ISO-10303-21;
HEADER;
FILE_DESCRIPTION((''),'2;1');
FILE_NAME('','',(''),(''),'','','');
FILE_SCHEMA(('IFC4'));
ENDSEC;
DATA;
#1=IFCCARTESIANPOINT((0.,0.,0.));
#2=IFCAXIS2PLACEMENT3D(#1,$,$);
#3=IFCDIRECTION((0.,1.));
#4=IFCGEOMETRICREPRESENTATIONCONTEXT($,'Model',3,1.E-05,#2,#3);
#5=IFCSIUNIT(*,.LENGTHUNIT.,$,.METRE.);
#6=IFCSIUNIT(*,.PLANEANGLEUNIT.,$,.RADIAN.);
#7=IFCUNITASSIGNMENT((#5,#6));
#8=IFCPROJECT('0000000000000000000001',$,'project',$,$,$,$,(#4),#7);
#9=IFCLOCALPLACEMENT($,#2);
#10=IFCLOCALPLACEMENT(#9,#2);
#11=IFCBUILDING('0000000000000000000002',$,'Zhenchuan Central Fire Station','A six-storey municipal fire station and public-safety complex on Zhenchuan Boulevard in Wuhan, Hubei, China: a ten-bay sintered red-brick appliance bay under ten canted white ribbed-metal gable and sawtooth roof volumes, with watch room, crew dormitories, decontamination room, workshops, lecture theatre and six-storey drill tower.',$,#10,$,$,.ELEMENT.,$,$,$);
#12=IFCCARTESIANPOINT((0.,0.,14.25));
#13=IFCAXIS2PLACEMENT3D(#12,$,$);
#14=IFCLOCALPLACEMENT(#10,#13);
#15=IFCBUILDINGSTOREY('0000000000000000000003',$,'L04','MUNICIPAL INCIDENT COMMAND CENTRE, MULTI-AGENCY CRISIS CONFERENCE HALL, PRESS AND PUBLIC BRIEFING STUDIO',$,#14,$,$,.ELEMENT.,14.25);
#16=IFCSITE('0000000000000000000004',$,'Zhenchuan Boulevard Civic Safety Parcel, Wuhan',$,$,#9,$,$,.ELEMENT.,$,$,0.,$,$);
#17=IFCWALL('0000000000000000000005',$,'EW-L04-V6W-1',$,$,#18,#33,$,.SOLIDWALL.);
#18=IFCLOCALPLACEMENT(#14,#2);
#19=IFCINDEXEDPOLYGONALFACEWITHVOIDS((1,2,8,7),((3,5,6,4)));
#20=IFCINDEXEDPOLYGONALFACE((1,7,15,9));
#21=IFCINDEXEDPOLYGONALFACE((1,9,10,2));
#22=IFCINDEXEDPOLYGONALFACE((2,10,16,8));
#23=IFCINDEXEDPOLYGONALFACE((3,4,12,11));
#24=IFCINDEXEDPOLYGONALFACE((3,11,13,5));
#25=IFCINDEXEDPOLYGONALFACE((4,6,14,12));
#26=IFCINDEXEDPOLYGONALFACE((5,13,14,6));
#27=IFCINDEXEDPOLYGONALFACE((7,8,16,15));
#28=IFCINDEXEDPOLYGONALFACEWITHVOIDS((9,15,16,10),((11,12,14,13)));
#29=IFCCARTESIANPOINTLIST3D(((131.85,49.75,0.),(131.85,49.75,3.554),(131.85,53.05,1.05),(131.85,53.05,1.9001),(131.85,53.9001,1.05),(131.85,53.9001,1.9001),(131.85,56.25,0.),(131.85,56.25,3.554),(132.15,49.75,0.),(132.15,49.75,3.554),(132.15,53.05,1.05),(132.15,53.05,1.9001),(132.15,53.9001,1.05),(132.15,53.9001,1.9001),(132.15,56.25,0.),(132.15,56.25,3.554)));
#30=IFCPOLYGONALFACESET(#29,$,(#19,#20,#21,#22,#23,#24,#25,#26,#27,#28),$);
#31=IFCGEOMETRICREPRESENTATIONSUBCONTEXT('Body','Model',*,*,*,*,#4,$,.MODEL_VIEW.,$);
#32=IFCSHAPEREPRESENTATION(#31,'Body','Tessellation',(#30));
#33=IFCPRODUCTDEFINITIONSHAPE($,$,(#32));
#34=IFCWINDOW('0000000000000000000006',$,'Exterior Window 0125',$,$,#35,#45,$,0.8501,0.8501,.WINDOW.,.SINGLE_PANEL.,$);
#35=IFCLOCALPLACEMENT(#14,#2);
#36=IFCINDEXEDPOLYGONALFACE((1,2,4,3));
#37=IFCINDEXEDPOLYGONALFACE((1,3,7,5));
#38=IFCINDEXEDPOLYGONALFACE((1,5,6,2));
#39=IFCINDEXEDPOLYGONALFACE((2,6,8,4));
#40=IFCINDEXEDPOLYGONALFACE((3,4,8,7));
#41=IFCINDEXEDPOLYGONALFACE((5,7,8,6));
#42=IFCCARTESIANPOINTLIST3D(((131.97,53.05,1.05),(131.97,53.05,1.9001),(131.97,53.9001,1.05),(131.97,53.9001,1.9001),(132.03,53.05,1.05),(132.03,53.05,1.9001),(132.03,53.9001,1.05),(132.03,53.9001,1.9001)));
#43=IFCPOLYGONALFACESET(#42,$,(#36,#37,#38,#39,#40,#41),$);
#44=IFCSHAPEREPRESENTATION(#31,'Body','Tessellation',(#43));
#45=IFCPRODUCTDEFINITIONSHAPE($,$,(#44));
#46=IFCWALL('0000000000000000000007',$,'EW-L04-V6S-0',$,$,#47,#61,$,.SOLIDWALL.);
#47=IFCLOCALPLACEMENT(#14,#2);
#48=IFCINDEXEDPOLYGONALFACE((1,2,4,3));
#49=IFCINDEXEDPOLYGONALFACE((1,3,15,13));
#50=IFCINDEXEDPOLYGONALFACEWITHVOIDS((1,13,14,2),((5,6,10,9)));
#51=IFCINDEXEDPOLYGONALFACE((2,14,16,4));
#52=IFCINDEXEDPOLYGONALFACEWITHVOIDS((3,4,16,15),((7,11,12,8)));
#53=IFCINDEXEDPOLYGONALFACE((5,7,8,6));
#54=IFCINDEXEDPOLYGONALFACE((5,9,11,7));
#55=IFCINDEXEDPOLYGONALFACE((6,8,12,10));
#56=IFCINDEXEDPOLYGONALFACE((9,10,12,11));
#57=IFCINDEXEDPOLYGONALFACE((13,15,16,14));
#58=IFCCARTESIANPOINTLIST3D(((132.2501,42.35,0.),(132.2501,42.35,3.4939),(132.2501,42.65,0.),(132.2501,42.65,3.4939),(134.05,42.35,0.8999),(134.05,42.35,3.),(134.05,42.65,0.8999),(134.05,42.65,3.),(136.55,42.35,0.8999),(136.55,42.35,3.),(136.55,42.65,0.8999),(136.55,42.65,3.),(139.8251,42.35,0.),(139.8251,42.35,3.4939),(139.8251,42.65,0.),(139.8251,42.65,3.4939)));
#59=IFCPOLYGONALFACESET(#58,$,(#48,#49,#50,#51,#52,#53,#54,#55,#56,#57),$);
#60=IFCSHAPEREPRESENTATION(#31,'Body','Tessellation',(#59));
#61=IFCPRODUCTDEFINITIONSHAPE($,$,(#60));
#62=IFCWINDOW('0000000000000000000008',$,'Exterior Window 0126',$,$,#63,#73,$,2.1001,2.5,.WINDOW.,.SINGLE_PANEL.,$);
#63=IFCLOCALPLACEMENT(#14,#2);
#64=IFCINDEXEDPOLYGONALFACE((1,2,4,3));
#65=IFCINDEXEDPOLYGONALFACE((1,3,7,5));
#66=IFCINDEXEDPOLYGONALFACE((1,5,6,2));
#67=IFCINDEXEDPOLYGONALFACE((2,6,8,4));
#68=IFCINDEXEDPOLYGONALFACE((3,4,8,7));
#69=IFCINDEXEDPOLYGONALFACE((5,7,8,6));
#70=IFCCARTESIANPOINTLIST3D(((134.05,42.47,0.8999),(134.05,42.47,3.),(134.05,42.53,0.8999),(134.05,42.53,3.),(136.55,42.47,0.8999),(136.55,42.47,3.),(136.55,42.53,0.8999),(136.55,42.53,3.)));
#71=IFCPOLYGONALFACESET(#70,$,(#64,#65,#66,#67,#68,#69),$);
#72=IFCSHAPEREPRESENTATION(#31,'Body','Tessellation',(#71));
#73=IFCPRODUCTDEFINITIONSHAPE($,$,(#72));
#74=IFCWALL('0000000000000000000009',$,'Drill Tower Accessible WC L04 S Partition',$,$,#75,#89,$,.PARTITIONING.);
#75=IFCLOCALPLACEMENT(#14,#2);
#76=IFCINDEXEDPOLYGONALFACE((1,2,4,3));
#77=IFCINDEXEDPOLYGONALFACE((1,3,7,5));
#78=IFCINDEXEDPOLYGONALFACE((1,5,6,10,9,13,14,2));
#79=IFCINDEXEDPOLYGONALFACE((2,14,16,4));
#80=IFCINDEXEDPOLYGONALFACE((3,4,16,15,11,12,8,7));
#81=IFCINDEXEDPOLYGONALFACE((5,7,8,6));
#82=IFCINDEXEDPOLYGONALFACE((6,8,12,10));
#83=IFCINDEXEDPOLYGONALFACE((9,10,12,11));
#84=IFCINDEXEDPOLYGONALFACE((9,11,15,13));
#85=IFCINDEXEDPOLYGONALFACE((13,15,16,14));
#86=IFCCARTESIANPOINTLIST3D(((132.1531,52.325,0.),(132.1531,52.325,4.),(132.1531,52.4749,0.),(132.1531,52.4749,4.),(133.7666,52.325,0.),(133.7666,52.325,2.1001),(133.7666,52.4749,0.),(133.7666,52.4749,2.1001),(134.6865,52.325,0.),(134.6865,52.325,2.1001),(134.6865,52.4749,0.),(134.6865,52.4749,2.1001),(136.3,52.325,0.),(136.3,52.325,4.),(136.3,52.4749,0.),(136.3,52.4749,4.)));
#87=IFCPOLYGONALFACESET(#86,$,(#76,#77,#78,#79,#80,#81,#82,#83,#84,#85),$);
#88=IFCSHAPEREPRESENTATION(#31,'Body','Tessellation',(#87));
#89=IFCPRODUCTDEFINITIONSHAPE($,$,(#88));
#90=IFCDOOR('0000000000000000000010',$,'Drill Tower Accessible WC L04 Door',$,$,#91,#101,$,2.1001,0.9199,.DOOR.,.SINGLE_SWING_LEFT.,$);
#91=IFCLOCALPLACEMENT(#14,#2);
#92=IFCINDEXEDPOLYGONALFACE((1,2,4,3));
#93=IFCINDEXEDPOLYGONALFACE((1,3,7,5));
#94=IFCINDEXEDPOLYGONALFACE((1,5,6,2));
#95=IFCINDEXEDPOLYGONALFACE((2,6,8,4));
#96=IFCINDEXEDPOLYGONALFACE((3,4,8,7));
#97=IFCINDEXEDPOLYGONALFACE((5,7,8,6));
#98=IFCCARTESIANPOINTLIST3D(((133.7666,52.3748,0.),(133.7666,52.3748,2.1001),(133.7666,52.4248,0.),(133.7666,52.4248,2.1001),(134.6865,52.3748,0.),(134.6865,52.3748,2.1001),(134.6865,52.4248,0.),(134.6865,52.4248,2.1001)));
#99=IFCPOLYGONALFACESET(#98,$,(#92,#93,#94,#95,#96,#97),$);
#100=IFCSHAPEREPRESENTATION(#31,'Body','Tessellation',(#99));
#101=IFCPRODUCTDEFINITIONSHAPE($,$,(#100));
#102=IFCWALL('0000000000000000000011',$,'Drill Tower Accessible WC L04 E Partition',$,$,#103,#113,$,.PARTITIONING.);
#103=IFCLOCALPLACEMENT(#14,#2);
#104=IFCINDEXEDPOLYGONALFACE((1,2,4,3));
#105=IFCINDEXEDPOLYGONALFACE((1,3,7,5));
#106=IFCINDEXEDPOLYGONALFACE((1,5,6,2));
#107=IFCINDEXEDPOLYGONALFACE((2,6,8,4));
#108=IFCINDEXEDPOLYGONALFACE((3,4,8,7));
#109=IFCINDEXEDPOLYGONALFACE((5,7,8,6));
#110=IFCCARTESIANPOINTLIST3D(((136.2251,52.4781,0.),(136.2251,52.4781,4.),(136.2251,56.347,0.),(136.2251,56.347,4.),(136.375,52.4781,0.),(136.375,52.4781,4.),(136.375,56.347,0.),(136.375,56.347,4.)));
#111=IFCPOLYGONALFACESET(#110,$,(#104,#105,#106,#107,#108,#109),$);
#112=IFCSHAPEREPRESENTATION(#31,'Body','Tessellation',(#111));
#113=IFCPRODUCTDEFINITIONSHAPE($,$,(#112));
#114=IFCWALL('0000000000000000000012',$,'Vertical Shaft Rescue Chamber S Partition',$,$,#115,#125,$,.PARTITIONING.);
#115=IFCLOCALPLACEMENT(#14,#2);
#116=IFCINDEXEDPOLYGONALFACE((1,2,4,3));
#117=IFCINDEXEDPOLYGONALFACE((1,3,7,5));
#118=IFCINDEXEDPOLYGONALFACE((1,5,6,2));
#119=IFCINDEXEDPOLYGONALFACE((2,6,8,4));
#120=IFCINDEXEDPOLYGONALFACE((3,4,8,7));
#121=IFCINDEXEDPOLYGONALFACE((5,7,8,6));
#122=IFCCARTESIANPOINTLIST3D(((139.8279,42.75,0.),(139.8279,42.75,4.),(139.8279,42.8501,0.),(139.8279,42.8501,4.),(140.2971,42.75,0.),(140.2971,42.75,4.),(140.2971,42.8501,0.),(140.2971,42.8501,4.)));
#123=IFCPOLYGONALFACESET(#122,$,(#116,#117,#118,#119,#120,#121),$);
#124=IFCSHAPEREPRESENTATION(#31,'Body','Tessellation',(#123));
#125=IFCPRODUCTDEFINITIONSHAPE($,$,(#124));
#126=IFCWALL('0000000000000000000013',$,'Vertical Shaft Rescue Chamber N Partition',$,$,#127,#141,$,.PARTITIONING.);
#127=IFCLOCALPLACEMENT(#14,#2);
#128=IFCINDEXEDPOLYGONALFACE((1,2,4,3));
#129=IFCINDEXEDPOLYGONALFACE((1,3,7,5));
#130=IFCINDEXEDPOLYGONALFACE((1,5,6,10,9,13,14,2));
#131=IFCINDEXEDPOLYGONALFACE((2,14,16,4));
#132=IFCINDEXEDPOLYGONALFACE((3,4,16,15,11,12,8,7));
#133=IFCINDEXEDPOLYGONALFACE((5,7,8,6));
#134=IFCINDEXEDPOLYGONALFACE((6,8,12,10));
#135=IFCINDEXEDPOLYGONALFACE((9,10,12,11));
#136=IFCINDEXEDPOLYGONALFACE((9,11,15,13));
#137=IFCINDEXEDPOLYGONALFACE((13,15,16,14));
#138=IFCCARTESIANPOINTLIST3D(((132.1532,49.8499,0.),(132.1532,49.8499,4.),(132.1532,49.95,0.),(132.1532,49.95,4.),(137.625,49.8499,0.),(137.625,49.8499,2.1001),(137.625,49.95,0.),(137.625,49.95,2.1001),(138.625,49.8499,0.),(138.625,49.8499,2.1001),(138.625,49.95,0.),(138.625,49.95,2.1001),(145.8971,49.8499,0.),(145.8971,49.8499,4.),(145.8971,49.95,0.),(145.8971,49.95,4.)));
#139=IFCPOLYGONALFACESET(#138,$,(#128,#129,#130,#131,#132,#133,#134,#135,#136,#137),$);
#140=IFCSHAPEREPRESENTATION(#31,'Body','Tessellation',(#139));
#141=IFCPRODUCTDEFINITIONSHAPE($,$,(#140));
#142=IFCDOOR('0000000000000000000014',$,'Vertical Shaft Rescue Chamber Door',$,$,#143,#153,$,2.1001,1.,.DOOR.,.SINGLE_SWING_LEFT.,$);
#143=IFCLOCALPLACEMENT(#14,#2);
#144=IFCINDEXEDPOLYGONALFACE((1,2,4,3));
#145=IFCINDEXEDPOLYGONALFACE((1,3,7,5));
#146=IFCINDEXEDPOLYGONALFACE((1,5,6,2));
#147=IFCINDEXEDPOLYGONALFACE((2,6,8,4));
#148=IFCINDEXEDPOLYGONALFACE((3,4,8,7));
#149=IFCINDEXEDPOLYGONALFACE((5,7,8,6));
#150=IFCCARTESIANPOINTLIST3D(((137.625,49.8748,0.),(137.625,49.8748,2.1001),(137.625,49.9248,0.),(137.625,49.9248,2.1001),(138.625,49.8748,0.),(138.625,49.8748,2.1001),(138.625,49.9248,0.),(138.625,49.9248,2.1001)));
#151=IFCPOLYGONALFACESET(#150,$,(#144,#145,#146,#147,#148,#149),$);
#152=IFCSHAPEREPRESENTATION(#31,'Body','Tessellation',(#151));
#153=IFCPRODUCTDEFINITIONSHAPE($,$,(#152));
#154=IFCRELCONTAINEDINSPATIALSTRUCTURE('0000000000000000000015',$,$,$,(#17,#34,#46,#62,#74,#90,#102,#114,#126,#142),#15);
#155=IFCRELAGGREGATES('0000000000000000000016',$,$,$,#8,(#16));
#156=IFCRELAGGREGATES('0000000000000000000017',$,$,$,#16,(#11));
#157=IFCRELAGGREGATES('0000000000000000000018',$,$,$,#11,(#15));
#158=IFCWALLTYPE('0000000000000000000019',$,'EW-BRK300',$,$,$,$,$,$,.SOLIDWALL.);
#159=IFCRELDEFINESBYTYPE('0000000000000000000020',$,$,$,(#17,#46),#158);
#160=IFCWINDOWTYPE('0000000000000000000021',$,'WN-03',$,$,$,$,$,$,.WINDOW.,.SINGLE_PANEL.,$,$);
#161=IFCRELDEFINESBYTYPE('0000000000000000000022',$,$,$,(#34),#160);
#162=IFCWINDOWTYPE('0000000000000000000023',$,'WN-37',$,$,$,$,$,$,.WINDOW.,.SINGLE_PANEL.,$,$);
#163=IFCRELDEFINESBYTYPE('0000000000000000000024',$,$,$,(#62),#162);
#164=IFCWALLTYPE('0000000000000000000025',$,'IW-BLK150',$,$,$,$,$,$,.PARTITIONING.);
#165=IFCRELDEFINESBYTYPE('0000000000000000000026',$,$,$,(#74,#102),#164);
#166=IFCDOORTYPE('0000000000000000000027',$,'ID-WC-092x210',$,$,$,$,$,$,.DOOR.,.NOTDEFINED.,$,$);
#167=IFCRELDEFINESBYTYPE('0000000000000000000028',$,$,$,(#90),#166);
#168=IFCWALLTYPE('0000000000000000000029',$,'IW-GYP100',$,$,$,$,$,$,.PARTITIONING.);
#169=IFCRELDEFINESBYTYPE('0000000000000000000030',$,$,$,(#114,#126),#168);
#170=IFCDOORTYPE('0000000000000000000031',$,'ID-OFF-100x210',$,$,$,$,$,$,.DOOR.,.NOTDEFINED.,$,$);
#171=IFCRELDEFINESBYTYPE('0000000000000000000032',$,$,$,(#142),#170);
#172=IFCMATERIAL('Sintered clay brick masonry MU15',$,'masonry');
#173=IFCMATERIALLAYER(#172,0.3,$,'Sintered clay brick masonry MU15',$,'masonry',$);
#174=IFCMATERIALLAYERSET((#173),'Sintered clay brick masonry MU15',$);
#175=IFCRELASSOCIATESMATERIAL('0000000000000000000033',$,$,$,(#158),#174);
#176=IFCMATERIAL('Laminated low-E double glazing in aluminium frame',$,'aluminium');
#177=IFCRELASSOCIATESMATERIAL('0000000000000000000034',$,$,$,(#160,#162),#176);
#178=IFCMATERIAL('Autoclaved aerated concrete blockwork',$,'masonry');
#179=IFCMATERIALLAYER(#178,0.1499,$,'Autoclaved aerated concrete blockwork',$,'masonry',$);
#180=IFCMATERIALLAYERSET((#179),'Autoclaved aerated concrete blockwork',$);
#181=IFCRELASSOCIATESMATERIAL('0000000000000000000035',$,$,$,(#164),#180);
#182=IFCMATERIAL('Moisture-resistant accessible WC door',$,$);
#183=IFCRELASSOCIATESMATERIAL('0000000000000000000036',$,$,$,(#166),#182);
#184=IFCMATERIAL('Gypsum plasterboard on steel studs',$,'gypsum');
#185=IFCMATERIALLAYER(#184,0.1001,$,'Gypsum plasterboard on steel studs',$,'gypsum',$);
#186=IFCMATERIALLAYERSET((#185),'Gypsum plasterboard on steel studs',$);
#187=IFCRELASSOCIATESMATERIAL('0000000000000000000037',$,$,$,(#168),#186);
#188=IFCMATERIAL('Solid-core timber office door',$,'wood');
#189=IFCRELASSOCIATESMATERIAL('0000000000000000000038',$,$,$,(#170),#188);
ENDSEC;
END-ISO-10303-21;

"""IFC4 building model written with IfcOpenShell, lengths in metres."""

from ifc_helpers import new_model, si_unit, direction, frame, frame_2d, origin, place, context, subcontext, project, spatial, rectangle, extrude, material, layer, layer_set, type_object, element, fill, save


model = new_model("IFC4")

# Units and contexts
model_context = context("Model", 3, precision=1e-05, world=origin(), true_north=direction((0.0, 1.0)))
body_context = subcontext(model_context, "Body", "Model", "MODEL_VIEW")
ifc_project = project(units=[si_unit("LENGTHUNIT", "METRE"), si_unit("PLANEANGLEUNIT", "RADIAN")], contexts=[model_context])

# Site, building, storey
site_placement = place(None, origin())
site = spatial("IfcSite", under=ifc_project, at=site_placement, Name="Zhenchuan Boulevard Civic Safety Parcel, Wuhan", CompositionType="ELEMENT", RefElevation=0.0)
building_placement = place(site_placement, origin())
building = spatial("IfcBuilding", under=site, at=building_placement, Name="Zhenchuan Central Fire Station", Description="A six-storey municipal fire station and public-safety complex on Zhenchuan Boulevard in Wuhan, Hubei, China: a ten-bay sintered red-brick appliance bay under ten canted white ribbed-metal gable and sawtooth roof volumes, with watch room, crew dormitories, decontamination room, workshops, lecture theatre and six-storey drill tower.", CompositionType="ELEMENT")
storey_placement = place(building_placement, frame((0.0, 0.0, 14.25)))
storey = spatial("IfcBuildingStorey", under=building, at=storey_placement, Name="L04", Description="MUNICIPAL INCIDENT COMMAND CENTRE, MULTI-AGENCY CRISIS CONFERENCE HALL, PRESS AND PUBLIC BRIEFING STUDIO", CompositionType="ELEMENT", Elevation=14.25)

# Walls, openings, windows
ifc_material_1 = material(Name="Sintered clay brick masonry MU15", Category="masonry")
ifc_layer_1 = layer(ifc_material_1, 0.3, Name="Sintered clay brick masonry MU15", Category="masonry")
ifc_layer_set_1 = layer_set([ifc_layer_1], Name="Sintered clay brick masonry MU15")
wall_type_1 = type_object("IfcWallType", Name="EW-BRK300", PredefinedType="SOLIDWALL", material=ifc_layer_set_1)
ifc_material_2 = material(Name="Laminated low-E double glazing in aluminium frame", Category="aluminium")
wall_1_placement = place(storey_placement, frame((132.0, 49.75, 0.0), z_axis=(0.0, 0.0, 1.0), x_axis=(0.0, 1.0, 0.0)))
wall_1 = element("IfcWall", 1, at=wall_1_placement, inside=storey, type_object=wall_type_1, Name="EW-L04-V6W-1", PredefinedType="SOLIDWALL", context=body_context, shape_type="SweptSolid", body=[
    extrude(rectangle(XDim=6.5, YDim=0.3, at=frame_2d((3.25, 0.0))), origin(), (0.0, 0.0, 1.0), 3.554),
])
opening_1_placement = place(wall_1_placement, frame((3.3, 0.0, 1.05)))
opening_1 = element("IfcOpeningElement", 2, at=opening_1_placement, cuts=wall_1, PredefinedType="OPENING", context=body_context, shape_type="SweptSolid", body=[
    extrude(rectangle(XDim=0.8501, YDim=0.8501, at=frame_2d((0.425, 0.425))), frame((0.0, 0.1599, 0.0), z_axis=(0.0, -1.0, 0.0), x_axis=(1.0, 0.0, 0.0)), (0.0, 0.0, 1.0), 0.3201),
])
window_type_1 = type_object("IfcWindowType", Name="WN-03", PartitioningType="SINGLE_PANEL", PredefinedType="WINDOW", material=ifc_material_2)
window_1_placement = place(opening_1_placement, origin())
window_1 = element("IfcWindow", 3, at=window_1_placement, inside=storey, type_object=window_type_1, Name="Exterior Window 0125", OverallHeight=0.8501, OverallWidth=0.8501, PartitioningType="SINGLE_PANEL", PredefinedType="WINDOW", context=body_context, shape_type="SweptSolid", body=[
    extrude(rectangle(XDim=0.8501, YDim=0.8501, at=frame_2d((0.425, 0.425))), frame((0.0, 0.03, 0.0), z_axis=(0.0, -1.0, 0.0), x_axis=(1.0, 0.0, 0.0)), (0.0, 0.0, 1.0), 0.0601),
])
fill(opening_1, window_1)
wall_2_placement = place(storey_placement, frame((132.25, 42.5, 0.0), z_axis=(0.0, 0.0, 1.0), x_axis=(1.0, 0.0, 0.0)))
wall_2 = element("IfcWall", 4, at=wall_2_placement, inside=storey, type_object=wall_type_1, Name="EW-L04-V6S-0", PredefinedType="SOLIDWALL", context=body_context, shape_type="SweptSolid", body=[
    extrude(rectangle(XDim=7.575, YDim=0.3, at=frame_2d((3.7876, 0.0))), origin(), (0.0, 0.0, 1.0), 3.4939),
])
opening_2_placement = place(wall_2_placement, frame((1.8, 0.0, 0.8999)))
opening_2 = element("IfcOpeningElement", 5, at=opening_2_placement, cuts=wall_2, PredefinedType="OPENING", context=body_context, shape_type="SweptSolid", body=[
    extrude(rectangle(XDim=2.5, YDim=2.1001, at=frame_2d((1.25, 1.05))), frame((0.0, 0.1599, 0.0), z_axis=(0.0, -1.0, 0.0), x_axis=(1.0, 0.0, 0.0)), (0.0, 0.0, 1.0), 0.3201),
])
window_type_2 = type_object("IfcWindowType", Name="WN-37", PartitioningType="SINGLE_PANEL", PredefinedType="WINDOW", material=ifc_material_2)
window_2_placement = place(opening_2_placement, origin())
window_2 = element("IfcWindow", 6, at=window_2_placement, inside=storey, type_object=window_type_2, Name="Exterior Window 0126", OverallHeight=2.1001, OverallWidth=2.5, PartitioningType="SINGLE_PANEL", PredefinedType="WINDOW", context=body_context, shape_type="SweptSolid", body=[
    extrude(rectangle(XDim=2.5, YDim=2.1001, at=frame_2d((1.25, 1.05))), frame((0.0, 0.03, 0.0), z_axis=(0.0, -1.0, 0.0), x_axis=(1.0, 0.0, 0.0)), (0.0, 0.0, 1.0), 0.0601),
])
fill(opening_2, window_2)

# Wall, opening, door
ifc_material_3 = material(Name="Autoclaved aerated concrete blockwork", Category="masonry")
ifc_layer_2 = layer(ifc_material_3, 0.1499, Name="Autoclaved aerated concrete blockwork", Category="masonry")
ifc_layer_set_2 = layer_set([ifc_layer_2], Name="Autoclaved aerated concrete blockwork")
wall_type_2 = type_object("IfcWallType", Name="IW-BLK150", PredefinedType="PARTITIONING", material=ifc_layer_set_2)
wall_3_placement = place(storey_placement, frame((132.1531, 52.3999, 0.0), z_axis=(0.0, 0.0, 1.0), x_axis=(1.0, 0.0, 0.0)))
wall_3 = element("IfcWall", 7, at=wall_3_placement, inside=storey, type_object=wall_type_2, Name="Drill Tower Accessible WC L04 S Partition", PredefinedType="PARTITIONING", context=body_context, shape_type="SweptSolid", body=[
    extrude(rectangle(XDim=4.147, YDim=0.1499, at=frame_2d((2.0735, 0.0))), origin(), (0.0, 0.0, 1.0), 4.0),
])
opening_3_placement = place(wall_3_placement, frame((1.6135, 0.0, 0.0)))
opening_3 = element("IfcOpeningElement", 8, at=opening_3_placement, cuts=wall_3, PredefinedType="OPENING", context=body_context, shape_type="SweptSolid", body=[
    extrude(rectangle(XDim=0.9199, YDim=2.1001, at=frame_2d((0.46, 1.05))), frame((0.0, 0.085, 0.0), z_axis=(0.0, -1.0, 0.0), x_axis=(1.0, 0.0, 0.0)), (0.0, 0.0, 1.0), 0.1699),
])
ifc_material_4 = material(Name="Moisture-resistant accessible WC door")
door_type_1 = type_object("IfcDoorType", Name="ID-WC-092x210", OperationType="NOTDEFINED", PredefinedType="DOOR", material=ifc_material_4)
door_1_placement = place(opening_3_placement, origin())
door_1 = element("IfcDoor", 9, at=door_1_placement, inside=storey, type_object=door_type_1, Name="Drill Tower Accessible WC L04 Door", OperationType="SINGLE_SWING_LEFT", OverallHeight=2.1001, OverallWidth=0.9199, PredefinedType="DOOR", context=body_context, shape_type="SweptSolid", body=[
    extrude(rectangle(XDim=0.9199, YDim=2.1001, at=frame_2d((0.46, 1.05))), frame((0.0, 0.0249, 0.0), z_axis=(0.0, -1.0, 0.0), x_axis=(1.0, 0.0, 0.0)), (0.0, 0.0, 1.0), 0.05),
])
fill(opening_3, door_1)

# Walls
wall_4_placement = place(storey_placement, frame((136.3, 52.478, 0.0), z_axis=(0.0, 0.0, 1.0), x_axis=(0.0, 1.0, 0.0)))
element("IfcWall", 10, at=wall_4_placement, inside=storey, type_object=wall_type_2, Name="Drill Tower Accessible WC L04 E Partition", PredefinedType="PARTITIONING", context=body_context, shape_type="SweptSolid", body=[
    extrude(rectangle(XDim=3.8689, YDim=0.1499, at=frame_2d((1.9346, 0.0))), origin(), (0.0, 0.0, 1.0), 4.0),
])
ifc_material_5 = material(Name="Gypsum plasterboard on steel studs", Category="gypsum")
ifc_layer_3 = layer(ifc_material_5, 0.1001, Name="Gypsum plasterboard on steel studs", Category="gypsum")
ifc_layer_set_3 = layer_set([ifc_layer_3], Name="Gypsum plasterboard on steel studs")
wall_type_3 = type_object("IfcWallType", Name="IW-GYP100", PredefinedType="PARTITIONING", material=ifc_layer_set_3)
wall_5_placement = place(storey_placement, frame((139.8279, 42.8, 0.0), z_axis=(0.0, 0.0, 1.0), x_axis=(1.0, 0.0, 0.0)))
element("IfcWall", 11, at=wall_5_placement, inside=storey, type_object=wall_type_3, Name="Vertical Shaft Rescue Chamber S Partition", PredefinedType="PARTITIONING", context=body_context, shape_type="SweptSolid", body=[
    extrude(rectangle(XDim=0.4692, YDim=0.1001, at=frame_2d((0.2346, 0.0))), origin(), (0.0, 0.0, 1.0), 4.0),
])

# Wall, opening, door
wall_6_placement = place(storey_placement, frame((132.1531, 49.8999, 0.0), z_axis=(0.0, 0.0, 1.0), x_axis=(1.0, 0.0, 0.0)))
wall_6 = element("IfcWall", 12, at=wall_6_placement, inside=storey, type_object=wall_type_3, Name="Vertical Shaft Rescue Chamber N Partition", PredefinedType="PARTITIONING", context=body_context, shape_type="SweptSolid", body=[
    extrude(rectangle(XDim=13.7439, YDim=0.1001, at=frame_2d((6.8721, 0.0))), origin(), (0.0, 0.0, 1.0), 4.0),
])
opening_4_placement = place(wall_6_placement, frame((5.4719, 0.0, 0.0)))
opening_4 = element("IfcOpeningElement", 13, at=opening_4_placement, cuts=wall_6, PredefinedType="OPENING", context=body_context, shape_type="SweptSolid", body=[
    extrude(rectangle(XDim=1.0, YDim=2.1001, at=frame_2d((0.5, 1.05))), frame((0.0, 0.0601, 0.0), z_axis=(0.0, -1.0, 0.0), x_axis=(1.0, 0.0, 0.0)), (0.0, 0.0, 1.0), 0.1201),
])
ifc_material_6 = material(Name="Solid-core timber office door", Category="wood")
door_type_2 = type_object("IfcDoorType", Name="ID-OFF-100x210", OperationType="NOTDEFINED", PredefinedType="DOOR", material=ifc_material_6)
door_2_placement = place(opening_4_placement, origin())
door_2 = element("IfcDoor", 14, at=door_2_placement, inside=storey, type_object=door_type_2, Name="Vertical Shaft Rescue Chamber Door", OperationType="SINGLE_SWING_LEFT", OverallHeight=2.1001, OverallWidth=1.0, PredefinedType="DOOR", context=body_context, shape_type="SweptSolid", body=[
    extrude(rectangle(XDim=1.0, YDim=2.1001, at=frame_2d((0.5, 1.05))), frame((0.0, 0.0249, 0.0), z_axis=(0.0, -1.0, 0.0), x_axis=(1.0, 0.0, 0.0)), (0.0, 0.0, 1.0), 0.05),
])
fill(opening_4, door_2)

save(model, "model.ifc")
